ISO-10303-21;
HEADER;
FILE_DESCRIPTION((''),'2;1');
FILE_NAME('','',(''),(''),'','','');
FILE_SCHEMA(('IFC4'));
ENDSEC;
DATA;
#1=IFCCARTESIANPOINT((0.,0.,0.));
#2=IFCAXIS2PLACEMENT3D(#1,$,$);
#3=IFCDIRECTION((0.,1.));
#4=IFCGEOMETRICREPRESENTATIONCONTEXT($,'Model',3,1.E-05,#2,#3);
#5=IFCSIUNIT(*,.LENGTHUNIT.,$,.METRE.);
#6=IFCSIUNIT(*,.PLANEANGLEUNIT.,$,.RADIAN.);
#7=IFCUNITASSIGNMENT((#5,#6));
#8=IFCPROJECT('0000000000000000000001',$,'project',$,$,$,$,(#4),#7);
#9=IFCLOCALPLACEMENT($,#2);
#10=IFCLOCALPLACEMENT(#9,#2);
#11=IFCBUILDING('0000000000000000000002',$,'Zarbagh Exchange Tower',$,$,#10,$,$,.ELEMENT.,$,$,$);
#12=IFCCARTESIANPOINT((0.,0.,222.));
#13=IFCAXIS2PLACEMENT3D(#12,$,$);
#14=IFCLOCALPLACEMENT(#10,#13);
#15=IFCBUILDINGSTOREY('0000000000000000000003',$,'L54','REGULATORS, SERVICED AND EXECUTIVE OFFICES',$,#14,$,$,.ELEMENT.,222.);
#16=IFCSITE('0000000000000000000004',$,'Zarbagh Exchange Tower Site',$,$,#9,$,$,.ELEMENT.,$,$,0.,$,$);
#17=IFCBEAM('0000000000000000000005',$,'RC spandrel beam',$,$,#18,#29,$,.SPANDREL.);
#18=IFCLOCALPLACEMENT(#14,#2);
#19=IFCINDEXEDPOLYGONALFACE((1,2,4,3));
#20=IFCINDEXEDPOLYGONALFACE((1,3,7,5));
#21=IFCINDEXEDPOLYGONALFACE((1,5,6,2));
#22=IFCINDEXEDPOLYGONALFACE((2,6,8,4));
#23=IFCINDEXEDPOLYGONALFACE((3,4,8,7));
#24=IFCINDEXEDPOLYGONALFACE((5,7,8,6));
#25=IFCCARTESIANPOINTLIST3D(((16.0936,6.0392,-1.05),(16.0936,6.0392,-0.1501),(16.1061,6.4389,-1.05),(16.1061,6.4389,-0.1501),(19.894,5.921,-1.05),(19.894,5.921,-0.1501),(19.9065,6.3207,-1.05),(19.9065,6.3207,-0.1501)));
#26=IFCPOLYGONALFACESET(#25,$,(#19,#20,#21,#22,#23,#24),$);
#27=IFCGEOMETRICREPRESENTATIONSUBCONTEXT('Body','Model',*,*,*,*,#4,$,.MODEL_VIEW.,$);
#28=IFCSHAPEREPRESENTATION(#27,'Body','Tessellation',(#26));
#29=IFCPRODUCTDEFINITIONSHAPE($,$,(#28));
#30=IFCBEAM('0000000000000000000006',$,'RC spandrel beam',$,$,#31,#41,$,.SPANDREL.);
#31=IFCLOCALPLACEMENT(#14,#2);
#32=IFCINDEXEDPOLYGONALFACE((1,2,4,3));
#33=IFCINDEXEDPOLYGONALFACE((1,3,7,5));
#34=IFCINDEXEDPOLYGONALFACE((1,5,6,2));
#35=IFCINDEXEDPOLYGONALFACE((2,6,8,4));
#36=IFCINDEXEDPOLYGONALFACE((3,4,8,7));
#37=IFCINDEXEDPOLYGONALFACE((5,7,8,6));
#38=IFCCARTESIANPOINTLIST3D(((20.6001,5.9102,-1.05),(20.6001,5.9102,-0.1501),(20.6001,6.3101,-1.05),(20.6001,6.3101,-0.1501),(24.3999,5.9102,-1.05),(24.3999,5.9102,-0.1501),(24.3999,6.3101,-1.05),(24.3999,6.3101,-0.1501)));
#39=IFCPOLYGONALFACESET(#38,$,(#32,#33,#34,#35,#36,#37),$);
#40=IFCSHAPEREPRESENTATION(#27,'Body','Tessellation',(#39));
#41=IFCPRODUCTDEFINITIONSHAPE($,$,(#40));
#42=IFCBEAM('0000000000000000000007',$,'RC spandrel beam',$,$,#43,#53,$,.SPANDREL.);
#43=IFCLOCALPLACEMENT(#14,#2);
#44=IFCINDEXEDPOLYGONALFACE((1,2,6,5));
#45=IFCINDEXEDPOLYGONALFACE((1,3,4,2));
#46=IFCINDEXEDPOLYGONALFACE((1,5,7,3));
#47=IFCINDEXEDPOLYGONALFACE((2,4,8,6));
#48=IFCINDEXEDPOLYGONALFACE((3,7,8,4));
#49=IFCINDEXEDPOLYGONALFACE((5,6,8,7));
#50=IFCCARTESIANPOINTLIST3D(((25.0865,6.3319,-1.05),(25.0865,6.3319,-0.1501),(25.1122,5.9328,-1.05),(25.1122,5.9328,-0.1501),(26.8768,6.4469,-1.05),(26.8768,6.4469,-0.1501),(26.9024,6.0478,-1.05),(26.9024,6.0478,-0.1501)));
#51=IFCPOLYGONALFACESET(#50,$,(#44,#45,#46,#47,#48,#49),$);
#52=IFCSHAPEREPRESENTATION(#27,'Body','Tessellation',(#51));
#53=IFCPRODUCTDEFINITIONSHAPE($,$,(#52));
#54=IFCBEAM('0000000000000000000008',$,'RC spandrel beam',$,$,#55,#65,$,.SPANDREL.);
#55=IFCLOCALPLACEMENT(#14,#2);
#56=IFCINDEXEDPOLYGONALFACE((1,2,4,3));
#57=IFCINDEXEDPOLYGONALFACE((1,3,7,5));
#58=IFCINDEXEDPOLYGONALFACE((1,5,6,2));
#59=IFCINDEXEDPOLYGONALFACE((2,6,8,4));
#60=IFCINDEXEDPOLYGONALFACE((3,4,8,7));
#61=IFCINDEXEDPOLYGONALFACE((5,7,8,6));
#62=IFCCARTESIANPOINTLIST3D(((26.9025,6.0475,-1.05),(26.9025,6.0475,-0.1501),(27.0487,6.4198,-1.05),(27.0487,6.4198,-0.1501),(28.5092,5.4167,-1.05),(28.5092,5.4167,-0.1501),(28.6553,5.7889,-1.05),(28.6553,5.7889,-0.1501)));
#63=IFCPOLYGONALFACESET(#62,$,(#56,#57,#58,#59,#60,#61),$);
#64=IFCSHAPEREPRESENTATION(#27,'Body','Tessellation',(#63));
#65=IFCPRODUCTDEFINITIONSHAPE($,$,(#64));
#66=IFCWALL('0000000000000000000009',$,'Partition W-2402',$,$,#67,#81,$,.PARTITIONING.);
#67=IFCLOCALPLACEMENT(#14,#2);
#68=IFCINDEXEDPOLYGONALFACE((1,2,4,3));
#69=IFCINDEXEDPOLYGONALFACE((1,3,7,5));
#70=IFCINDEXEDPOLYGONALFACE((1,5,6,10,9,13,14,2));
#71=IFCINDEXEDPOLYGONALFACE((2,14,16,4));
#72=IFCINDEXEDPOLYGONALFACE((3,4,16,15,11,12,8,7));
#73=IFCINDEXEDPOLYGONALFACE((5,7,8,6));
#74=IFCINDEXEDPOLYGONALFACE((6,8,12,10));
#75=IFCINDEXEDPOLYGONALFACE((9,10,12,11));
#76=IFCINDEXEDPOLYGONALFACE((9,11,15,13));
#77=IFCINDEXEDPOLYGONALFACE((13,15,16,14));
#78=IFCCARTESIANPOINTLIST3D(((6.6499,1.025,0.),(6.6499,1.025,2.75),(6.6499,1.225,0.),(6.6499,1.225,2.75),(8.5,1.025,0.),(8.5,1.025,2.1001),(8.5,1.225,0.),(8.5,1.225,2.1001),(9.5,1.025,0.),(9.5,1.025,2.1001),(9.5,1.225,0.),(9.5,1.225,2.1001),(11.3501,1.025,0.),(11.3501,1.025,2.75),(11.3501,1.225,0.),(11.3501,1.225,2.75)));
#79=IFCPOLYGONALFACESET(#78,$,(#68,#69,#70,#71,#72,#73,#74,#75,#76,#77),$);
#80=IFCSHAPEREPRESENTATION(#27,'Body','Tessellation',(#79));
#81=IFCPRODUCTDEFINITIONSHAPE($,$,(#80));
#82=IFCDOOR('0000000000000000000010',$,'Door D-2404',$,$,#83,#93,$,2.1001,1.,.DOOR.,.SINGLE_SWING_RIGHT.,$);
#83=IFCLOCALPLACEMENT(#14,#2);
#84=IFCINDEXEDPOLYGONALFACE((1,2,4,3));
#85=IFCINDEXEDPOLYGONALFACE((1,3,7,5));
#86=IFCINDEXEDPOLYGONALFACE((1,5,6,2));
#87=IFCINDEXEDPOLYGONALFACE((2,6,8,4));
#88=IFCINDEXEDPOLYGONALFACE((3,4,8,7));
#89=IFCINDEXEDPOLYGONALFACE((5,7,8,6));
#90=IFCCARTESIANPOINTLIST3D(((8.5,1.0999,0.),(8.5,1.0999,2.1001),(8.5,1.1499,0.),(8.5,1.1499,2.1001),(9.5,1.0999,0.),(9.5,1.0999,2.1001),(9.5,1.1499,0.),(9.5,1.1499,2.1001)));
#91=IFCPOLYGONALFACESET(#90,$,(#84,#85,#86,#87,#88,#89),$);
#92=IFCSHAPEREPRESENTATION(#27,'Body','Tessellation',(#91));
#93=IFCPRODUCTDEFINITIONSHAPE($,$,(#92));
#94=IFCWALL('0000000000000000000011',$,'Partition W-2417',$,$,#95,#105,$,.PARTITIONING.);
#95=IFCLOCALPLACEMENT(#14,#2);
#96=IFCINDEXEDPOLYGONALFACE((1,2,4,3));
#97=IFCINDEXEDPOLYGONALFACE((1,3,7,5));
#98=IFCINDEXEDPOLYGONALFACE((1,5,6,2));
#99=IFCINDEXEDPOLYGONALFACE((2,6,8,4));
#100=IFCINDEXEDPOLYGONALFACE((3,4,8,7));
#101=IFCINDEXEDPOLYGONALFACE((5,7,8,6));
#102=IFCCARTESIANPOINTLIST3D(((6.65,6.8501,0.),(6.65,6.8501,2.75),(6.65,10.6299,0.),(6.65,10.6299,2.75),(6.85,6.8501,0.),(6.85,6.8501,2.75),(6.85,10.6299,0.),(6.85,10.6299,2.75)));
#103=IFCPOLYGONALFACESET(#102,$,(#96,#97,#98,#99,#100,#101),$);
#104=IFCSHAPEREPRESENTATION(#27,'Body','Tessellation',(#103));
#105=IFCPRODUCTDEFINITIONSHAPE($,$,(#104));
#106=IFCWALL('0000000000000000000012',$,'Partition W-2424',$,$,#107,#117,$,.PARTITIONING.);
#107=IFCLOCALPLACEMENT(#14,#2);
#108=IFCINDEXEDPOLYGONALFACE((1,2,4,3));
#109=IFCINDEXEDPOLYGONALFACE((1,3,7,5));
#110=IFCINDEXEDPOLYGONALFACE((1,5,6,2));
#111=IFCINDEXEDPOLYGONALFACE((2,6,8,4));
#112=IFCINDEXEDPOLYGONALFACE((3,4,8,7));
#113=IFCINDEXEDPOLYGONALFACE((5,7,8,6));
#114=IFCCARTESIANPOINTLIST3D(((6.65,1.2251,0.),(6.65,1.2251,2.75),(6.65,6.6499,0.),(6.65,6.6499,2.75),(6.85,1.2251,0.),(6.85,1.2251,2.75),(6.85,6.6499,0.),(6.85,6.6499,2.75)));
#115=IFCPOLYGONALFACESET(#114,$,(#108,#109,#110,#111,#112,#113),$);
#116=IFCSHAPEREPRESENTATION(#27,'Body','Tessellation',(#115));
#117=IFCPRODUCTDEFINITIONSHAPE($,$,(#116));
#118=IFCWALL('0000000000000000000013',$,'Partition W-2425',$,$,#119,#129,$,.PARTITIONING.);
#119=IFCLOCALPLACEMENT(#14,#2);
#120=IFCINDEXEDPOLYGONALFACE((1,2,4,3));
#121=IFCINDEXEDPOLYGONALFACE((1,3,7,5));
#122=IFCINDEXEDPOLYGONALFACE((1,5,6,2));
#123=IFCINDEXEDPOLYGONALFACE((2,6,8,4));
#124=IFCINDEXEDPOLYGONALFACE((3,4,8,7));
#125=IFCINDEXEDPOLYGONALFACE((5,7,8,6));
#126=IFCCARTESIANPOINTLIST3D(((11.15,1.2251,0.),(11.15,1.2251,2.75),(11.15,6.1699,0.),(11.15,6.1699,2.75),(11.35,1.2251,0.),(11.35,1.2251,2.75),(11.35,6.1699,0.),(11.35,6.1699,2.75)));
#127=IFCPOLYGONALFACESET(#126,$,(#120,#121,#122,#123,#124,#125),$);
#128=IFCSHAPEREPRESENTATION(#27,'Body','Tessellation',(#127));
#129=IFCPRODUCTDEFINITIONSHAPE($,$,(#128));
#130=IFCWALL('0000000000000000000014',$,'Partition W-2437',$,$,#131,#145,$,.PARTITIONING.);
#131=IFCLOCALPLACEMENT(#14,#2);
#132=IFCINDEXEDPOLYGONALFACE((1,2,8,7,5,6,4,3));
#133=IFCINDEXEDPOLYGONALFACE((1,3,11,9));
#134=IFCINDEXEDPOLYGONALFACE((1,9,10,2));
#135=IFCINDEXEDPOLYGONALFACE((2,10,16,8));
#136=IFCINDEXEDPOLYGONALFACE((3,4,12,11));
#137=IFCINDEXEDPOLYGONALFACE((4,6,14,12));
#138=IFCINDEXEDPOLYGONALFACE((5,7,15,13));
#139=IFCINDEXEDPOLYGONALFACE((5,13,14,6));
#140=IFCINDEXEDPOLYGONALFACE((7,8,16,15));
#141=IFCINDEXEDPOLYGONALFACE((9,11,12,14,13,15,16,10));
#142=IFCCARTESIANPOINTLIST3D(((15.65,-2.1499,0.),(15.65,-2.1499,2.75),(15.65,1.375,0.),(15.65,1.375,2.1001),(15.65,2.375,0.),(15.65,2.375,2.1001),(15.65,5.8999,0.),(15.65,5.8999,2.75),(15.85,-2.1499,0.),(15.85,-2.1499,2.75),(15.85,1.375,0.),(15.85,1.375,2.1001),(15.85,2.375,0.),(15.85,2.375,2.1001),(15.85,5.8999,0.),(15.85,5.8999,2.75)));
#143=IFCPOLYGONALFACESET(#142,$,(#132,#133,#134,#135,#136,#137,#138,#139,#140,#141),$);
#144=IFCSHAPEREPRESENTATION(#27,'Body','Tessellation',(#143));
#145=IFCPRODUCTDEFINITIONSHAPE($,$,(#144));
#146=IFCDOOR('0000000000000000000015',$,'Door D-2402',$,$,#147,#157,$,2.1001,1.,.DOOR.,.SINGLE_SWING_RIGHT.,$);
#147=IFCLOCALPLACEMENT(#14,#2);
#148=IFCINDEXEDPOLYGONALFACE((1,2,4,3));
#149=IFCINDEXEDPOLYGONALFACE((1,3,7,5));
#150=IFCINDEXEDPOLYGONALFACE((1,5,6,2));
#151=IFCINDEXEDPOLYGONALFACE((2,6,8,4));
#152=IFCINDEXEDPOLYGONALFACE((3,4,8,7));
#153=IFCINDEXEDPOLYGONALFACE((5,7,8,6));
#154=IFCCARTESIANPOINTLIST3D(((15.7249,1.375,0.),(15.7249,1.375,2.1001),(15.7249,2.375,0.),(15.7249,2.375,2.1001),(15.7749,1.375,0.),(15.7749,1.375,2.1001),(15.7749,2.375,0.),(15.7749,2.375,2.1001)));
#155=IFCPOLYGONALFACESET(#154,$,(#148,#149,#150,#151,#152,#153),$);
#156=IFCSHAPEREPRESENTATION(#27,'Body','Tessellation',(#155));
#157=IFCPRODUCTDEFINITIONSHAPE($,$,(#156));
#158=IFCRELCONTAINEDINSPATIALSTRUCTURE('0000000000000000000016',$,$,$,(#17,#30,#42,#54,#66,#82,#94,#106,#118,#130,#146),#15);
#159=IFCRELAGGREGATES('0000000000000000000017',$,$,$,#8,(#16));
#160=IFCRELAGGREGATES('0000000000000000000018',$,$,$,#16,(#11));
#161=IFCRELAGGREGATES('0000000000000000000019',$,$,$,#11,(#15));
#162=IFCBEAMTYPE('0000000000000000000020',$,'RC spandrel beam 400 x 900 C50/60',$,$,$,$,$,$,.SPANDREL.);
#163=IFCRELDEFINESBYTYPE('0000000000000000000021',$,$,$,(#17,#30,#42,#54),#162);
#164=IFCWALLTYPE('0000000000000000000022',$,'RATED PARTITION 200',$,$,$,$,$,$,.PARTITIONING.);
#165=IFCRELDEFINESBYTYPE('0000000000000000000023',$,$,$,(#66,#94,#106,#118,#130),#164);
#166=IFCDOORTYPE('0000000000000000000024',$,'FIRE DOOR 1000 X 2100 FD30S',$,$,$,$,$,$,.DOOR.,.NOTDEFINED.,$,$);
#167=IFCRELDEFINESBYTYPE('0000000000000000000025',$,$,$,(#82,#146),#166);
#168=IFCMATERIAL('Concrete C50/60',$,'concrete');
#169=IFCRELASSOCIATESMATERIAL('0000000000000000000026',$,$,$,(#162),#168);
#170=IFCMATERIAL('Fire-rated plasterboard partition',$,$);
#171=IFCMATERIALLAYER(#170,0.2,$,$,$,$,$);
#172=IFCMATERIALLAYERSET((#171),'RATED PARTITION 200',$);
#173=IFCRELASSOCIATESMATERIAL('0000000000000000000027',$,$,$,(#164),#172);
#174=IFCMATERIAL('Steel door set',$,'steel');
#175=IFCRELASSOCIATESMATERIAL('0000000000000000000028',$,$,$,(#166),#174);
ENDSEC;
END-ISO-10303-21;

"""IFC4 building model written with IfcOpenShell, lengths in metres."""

from ifc_helpers import new_model, si_unit, direction, frame, frame_2d, origin, origin_2d, place, context, subcontext, project, spatial, rectangle, extrude, material, layer, layer_set, material_profile, profile_set, type_object, element, fill, save


model = new_model("IFC4")

# Units and contexts
model_context = context("Model", 3, precision=1e-05, world=origin(), true_north=direction((0.0, 1.0)))
body_context = subcontext(model_context, "Body", "Model", "MODEL_VIEW")
ifc_project = project(units=[si_unit("LENGTHUNIT", "METRE"), si_unit("PLANEANGLEUNIT", "RADIAN")], contexts=[model_context])

# Site, building, storey
site_placement = place(None, origin())
site = spatial("IfcSite", under=ifc_project, at=site_placement, Name="Zarbagh Exchange Tower Site", CompositionType="ELEMENT", RefElevation=0.0)
building_placement = place(site_placement, origin())
building = spatial("IfcBuilding", under=site, at=building_placement, Name="Zarbagh Exchange Tower", CompositionType="ELEMENT")
storey_placement = place(building_placement, frame((0.0, 0.0, 222.0)))
storey = spatial("IfcBuildingStorey", under=building, at=storey_placement, Name="L54", Description="REGULATORS, SERVICED AND EXECUTIVE OFFICES", CompositionType="ELEMENT", Elevation=222.0)

# Shared definitions
ifc_material_1 = material(Name="Concrete C50/60", Category="concrete")

# Beams
ifc_material_profile_1 = material_profile(ifc_material_1, rectangle(XDim=0.3999, YDim=0.8999, at=origin_2d()), Name="RC spandrel beam 400 x 900 C50/60")
ifc_profile_set_1 = profile_set([ifc_material_profile_1], Name="Concrete C50/60")
beam_type_1 = type_object("IfcBeamType", Name="RC spandrel beam 400 x 900 C50/60", PredefinedType="SPANDREL", material=ifc_profile_set_1)
beam_1_placement = place(storey_placement, frame((16.0999, 6.239, -0.6001), z_axis=(0.999517, -0.031078, 0.0), x_axis=(0.031078, 0.999517, 0.0)))
element("IfcBeam", 1, at=beam_1_placement, inside=storey, type_object=beam_type_1, Name="RC spandrel beam", PredefinedType="SPANDREL", context=body_context, shape_type="SweptSolid", body=[
    extrude(rectangle(XDim=0.3999, YDim=0.8999, at=origin_2d()), origin(), (0.0, 0.0, 1.0), 3.8022),
])
beam_2_placement = place(storey_placement, frame((20.6001, 6.1101, -0.6001), z_axis=(1.0, 0.0, 0.0), x_axis=(0.0, 1.0, 0.0)))
element("IfcBeam", 2, at=beam_2_placement, inside=storey, type_object=beam_type_1, Name="RC spandrel beam", PredefinedType="SPANDREL", context=body_context, shape_type="SweptSolid", body=[
    extrude(rectangle(XDim=0.3999, YDim=0.8999, at=origin_2d()), origin(), (0.0, 0.0, 1.0), 3.7998),
])
beam_3_placement = place(storey_placement, frame((25.0994, 6.1323, -0.6001), z_axis=(0.997944, 0.064098, 0.0), x_axis=(-0.064098, 0.997944, 0.0)))
element("IfcBeam", 3, at=beam_3_placement, inside=storey, type_object=beam_type_1, Name="RC spandrel beam", PredefinedType="SPANDREL", context=body_context, shape_type="SweptSolid", body=[
    extrude(rectangle(XDim=0.3999, YDim=0.8999, at=origin_2d()), origin(), (0.0, 0.0, 1.0), 1.7939),
])
beam_4_placement = place(storey_placement, frame((26.9756, 6.2336, -0.6001), z_axis=(0.930819, -0.365482, 0.0), x_axis=(0.365482, 0.930819, 0.0)))
element("IfcBeam", 4, at=beam_4_placement, inside=storey, type_object=beam_type_1, Name="RC spandrel beam", PredefinedType="SPANDREL", context=body_context, shape_type="SweptSolid", body=[
    extrude(rectangle(XDim=0.3999, YDim=0.8999, at=origin_2d()), origin(), (0.0, 0.0, 1.0), 1.7261),
])

# Wall, opening, door
ifc_material_2 = material(Name="Fire-rated plasterboard partition")
ifc_layer = layer(ifc_material_2, 0.2)
ifc_layer_set = layer_set([ifc_layer], Name="RATED PARTITION 200")
wall_type = type_object("IfcWallType", Name="RATED PARTITION 200", PredefinedType="PARTITIONING", material=ifc_layer_set)
wall_1_placement = place(storey_placement, frame((6.6499, 1.125, 0.0), z_axis=(0.0, 0.0, 1.0), x_axis=(1.0, 0.0, 0.0)))
wall_1 = element("IfcWall", 5, at=wall_1_placement, inside=storey, type_object=wall_type, Name="Partition W-2402", PredefinedType="PARTITIONING", context=body_context, shape_type="SweptSolid", body=[
    extrude(rectangle(XDim=4.7002, YDim=0.2, at=frame_2d((2.3501, 0.0))), origin(), (0.0, 0.0, 1.0), 2.75),
])
opening_1_placement = place(wall_1_placement, frame((1.8501, 0.0, 0.0)))
opening_1 = element("IfcOpeningElement", 6, at=opening_1_placement, cuts=wall_1, PredefinedType="OPENING", context=body_context, shape_type="SweptSolid", body=[
    extrude(rectangle(XDim=1.0, YDim=2.1001, at=frame_2d((0.5, 1.05))), frame((0.0, 0.1099, 0.0), z_axis=(0.0, -1.0, 0.0), x_axis=(1.0, 0.0, 0.0)), (0.0, 0.0, 1.0), 0.22),
])
ifc_material_3 = material(Name="Steel door set", Category="steel")
door_type = type_object("IfcDoorType", Name="FIRE DOOR 1000 X 2100 FD30S", OperationType="NOTDEFINED", PredefinedType="DOOR", material=ifc_material_3)
door_1_placement = place(opening_1_placement, origin())
door_1 = element("IfcDoor", 7, at=door_1_placement, inside=storey, type_object=door_type, Name="Door D-2404", OperationType="SINGLE_SWING_RIGHT", OverallHeight=2.1001, OverallWidth=1.0, PredefinedType="DOOR", context=body_context, shape_type="SweptSolid", body=[
    extrude(rectangle(XDim=1.0, YDim=2.1001, at=frame_2d((0.5, 1.05))), frame((0.0, 0.0249, 0.0), z_axis=(0.0, -1.0, 0.0), x_axis=(1.0, 0.0, 0.0)), (0.0, 0.0, 1.0), 0.05),
])
fill(opening_1, door_1)

# Walls
wall_2_placement = place(storey_placement, frame((6.75, 6.8501, 0.0), z_axis=(0.0, 0.0, 1.0), x_axis=(0.0, 1.0, 0.0)))
element("IfcWall", 8, at=wall_2_placement, inside=storey, type_object=wall_type, Name="Partition W-2417", PredefinedType="PARTITIONING", context=body_context, shape_type="SweptSolid", body=[
    extrude(rectangle(XDim=3.7798, YDim=0.2, at=frame_2d((1.8899, 0.0))), origin(), (0.0, 0.0, 1.0), 2.75),
])
wall_3_placement = place(storey_placement, frame((6.75, 1.2251, 0.0), z_axis=(0.0, 0.0, 1.0), x_axis=(0.0, 1.0, 0.0)))
element("IfcWall", 9, at=wall_3_placement, inside=storey, type_object=wall_type, Name="Partition W-2424", PredefinedType="PARTITIONING", context=body_context, shape_type="SweptSolid", body=[
    extrude(rectangle(XDim=5.4248, YDim=0.2, at=frame_2d((2.7124, 0.0))), origin(), (0.0, 0.0, 1.0), 2.75),
])
wall_4_placement = place(storey_placement, frame((11.25, 1.2251, 0.0), z_axis=(0.0, 0.0, 1.0), x_axis=(0.0, 1.0, 0.0)))
element("IfcWall", 10, at=wall_4_placement, inside=storey, type_object=wall_type, Name="Partition W-2425", PredefinedType="PARTITIONING", context=body_context, shape_type="SweptSolid", body=[
    extrude(rectangle(XDim=4.9448, YDim=0.2, at=frame_2d((2.4724, 0.0))), origin(), (0.0, 0.0, 1.0), 2.75),
])

# Wall, opening, door
wall_5_placement = place(storey_placement, frame((15.75, 5.8999, 0.0), z_axis=(0.0, 0.0, 1.0), x_axis=(0.0, -1.0, 0.0)))
wall_5 = element("IfcWall", 11, at=wall_5_placement, inside=storey, type_object=wall_type, Name="Partition W-2437", PredefinedType="PARTITIONING", context=body_context, shape_type="SweptSolid", body=[
    extrude(rectangle(XDim=8.0498, YDim=0.2, at=frame_2d((4.0249, 0.0))), origin(), (0.0, 0.0, 1.0), 2.75),
])
opening_2_placement = place(wall_5_placement, frame((3.5249, 0.0, 0.0)))
opening_2 = element("IfcOpeningElement", 12, at=opening_2_placement, cuts=wall_5, PredefinedType="OPENING", context=body_context, shape_type="SweptSolid", body=[
    extrude(rectangle(XDim=1.0, YDim=2.1001, at=frame_2d((0.5, 1.05))), frame((0.0, 0.1099, 0.0), z_axis=(0.0, -1.0, 0.0), x_axis=(1.0, 0.0, 0.0)), (0.0, 0.0, 1.0), 0.22),
])
door_2_placement = place(opening_2_placement, origin())
door_2 = element("IfcDoor", 13, at=door_2_placement, inside=storey, type_object=door_type, Name="Door D-2402", OperationType="SINGLE_SWING_RIGHT", OverallHeight=2.1001, OverallWidth=1.0, PredefinedType="DOOR", context=body_context, shape_type="SweptSolid", body=[
    extrude(rectangle(XDim=1.0, YDim=2.1001, at=frame_2d((0.5, 1.05))), frame((0.0, 0.0249, 0.0), z_axis=(0.0, -1.0, 0.0), x_axis=(1.0, 0.0, 0.0)), (0.0, 0.0, 1.0), 0.05),
])
fill(opening_2, door_2)

save(model, "model.ifc")
